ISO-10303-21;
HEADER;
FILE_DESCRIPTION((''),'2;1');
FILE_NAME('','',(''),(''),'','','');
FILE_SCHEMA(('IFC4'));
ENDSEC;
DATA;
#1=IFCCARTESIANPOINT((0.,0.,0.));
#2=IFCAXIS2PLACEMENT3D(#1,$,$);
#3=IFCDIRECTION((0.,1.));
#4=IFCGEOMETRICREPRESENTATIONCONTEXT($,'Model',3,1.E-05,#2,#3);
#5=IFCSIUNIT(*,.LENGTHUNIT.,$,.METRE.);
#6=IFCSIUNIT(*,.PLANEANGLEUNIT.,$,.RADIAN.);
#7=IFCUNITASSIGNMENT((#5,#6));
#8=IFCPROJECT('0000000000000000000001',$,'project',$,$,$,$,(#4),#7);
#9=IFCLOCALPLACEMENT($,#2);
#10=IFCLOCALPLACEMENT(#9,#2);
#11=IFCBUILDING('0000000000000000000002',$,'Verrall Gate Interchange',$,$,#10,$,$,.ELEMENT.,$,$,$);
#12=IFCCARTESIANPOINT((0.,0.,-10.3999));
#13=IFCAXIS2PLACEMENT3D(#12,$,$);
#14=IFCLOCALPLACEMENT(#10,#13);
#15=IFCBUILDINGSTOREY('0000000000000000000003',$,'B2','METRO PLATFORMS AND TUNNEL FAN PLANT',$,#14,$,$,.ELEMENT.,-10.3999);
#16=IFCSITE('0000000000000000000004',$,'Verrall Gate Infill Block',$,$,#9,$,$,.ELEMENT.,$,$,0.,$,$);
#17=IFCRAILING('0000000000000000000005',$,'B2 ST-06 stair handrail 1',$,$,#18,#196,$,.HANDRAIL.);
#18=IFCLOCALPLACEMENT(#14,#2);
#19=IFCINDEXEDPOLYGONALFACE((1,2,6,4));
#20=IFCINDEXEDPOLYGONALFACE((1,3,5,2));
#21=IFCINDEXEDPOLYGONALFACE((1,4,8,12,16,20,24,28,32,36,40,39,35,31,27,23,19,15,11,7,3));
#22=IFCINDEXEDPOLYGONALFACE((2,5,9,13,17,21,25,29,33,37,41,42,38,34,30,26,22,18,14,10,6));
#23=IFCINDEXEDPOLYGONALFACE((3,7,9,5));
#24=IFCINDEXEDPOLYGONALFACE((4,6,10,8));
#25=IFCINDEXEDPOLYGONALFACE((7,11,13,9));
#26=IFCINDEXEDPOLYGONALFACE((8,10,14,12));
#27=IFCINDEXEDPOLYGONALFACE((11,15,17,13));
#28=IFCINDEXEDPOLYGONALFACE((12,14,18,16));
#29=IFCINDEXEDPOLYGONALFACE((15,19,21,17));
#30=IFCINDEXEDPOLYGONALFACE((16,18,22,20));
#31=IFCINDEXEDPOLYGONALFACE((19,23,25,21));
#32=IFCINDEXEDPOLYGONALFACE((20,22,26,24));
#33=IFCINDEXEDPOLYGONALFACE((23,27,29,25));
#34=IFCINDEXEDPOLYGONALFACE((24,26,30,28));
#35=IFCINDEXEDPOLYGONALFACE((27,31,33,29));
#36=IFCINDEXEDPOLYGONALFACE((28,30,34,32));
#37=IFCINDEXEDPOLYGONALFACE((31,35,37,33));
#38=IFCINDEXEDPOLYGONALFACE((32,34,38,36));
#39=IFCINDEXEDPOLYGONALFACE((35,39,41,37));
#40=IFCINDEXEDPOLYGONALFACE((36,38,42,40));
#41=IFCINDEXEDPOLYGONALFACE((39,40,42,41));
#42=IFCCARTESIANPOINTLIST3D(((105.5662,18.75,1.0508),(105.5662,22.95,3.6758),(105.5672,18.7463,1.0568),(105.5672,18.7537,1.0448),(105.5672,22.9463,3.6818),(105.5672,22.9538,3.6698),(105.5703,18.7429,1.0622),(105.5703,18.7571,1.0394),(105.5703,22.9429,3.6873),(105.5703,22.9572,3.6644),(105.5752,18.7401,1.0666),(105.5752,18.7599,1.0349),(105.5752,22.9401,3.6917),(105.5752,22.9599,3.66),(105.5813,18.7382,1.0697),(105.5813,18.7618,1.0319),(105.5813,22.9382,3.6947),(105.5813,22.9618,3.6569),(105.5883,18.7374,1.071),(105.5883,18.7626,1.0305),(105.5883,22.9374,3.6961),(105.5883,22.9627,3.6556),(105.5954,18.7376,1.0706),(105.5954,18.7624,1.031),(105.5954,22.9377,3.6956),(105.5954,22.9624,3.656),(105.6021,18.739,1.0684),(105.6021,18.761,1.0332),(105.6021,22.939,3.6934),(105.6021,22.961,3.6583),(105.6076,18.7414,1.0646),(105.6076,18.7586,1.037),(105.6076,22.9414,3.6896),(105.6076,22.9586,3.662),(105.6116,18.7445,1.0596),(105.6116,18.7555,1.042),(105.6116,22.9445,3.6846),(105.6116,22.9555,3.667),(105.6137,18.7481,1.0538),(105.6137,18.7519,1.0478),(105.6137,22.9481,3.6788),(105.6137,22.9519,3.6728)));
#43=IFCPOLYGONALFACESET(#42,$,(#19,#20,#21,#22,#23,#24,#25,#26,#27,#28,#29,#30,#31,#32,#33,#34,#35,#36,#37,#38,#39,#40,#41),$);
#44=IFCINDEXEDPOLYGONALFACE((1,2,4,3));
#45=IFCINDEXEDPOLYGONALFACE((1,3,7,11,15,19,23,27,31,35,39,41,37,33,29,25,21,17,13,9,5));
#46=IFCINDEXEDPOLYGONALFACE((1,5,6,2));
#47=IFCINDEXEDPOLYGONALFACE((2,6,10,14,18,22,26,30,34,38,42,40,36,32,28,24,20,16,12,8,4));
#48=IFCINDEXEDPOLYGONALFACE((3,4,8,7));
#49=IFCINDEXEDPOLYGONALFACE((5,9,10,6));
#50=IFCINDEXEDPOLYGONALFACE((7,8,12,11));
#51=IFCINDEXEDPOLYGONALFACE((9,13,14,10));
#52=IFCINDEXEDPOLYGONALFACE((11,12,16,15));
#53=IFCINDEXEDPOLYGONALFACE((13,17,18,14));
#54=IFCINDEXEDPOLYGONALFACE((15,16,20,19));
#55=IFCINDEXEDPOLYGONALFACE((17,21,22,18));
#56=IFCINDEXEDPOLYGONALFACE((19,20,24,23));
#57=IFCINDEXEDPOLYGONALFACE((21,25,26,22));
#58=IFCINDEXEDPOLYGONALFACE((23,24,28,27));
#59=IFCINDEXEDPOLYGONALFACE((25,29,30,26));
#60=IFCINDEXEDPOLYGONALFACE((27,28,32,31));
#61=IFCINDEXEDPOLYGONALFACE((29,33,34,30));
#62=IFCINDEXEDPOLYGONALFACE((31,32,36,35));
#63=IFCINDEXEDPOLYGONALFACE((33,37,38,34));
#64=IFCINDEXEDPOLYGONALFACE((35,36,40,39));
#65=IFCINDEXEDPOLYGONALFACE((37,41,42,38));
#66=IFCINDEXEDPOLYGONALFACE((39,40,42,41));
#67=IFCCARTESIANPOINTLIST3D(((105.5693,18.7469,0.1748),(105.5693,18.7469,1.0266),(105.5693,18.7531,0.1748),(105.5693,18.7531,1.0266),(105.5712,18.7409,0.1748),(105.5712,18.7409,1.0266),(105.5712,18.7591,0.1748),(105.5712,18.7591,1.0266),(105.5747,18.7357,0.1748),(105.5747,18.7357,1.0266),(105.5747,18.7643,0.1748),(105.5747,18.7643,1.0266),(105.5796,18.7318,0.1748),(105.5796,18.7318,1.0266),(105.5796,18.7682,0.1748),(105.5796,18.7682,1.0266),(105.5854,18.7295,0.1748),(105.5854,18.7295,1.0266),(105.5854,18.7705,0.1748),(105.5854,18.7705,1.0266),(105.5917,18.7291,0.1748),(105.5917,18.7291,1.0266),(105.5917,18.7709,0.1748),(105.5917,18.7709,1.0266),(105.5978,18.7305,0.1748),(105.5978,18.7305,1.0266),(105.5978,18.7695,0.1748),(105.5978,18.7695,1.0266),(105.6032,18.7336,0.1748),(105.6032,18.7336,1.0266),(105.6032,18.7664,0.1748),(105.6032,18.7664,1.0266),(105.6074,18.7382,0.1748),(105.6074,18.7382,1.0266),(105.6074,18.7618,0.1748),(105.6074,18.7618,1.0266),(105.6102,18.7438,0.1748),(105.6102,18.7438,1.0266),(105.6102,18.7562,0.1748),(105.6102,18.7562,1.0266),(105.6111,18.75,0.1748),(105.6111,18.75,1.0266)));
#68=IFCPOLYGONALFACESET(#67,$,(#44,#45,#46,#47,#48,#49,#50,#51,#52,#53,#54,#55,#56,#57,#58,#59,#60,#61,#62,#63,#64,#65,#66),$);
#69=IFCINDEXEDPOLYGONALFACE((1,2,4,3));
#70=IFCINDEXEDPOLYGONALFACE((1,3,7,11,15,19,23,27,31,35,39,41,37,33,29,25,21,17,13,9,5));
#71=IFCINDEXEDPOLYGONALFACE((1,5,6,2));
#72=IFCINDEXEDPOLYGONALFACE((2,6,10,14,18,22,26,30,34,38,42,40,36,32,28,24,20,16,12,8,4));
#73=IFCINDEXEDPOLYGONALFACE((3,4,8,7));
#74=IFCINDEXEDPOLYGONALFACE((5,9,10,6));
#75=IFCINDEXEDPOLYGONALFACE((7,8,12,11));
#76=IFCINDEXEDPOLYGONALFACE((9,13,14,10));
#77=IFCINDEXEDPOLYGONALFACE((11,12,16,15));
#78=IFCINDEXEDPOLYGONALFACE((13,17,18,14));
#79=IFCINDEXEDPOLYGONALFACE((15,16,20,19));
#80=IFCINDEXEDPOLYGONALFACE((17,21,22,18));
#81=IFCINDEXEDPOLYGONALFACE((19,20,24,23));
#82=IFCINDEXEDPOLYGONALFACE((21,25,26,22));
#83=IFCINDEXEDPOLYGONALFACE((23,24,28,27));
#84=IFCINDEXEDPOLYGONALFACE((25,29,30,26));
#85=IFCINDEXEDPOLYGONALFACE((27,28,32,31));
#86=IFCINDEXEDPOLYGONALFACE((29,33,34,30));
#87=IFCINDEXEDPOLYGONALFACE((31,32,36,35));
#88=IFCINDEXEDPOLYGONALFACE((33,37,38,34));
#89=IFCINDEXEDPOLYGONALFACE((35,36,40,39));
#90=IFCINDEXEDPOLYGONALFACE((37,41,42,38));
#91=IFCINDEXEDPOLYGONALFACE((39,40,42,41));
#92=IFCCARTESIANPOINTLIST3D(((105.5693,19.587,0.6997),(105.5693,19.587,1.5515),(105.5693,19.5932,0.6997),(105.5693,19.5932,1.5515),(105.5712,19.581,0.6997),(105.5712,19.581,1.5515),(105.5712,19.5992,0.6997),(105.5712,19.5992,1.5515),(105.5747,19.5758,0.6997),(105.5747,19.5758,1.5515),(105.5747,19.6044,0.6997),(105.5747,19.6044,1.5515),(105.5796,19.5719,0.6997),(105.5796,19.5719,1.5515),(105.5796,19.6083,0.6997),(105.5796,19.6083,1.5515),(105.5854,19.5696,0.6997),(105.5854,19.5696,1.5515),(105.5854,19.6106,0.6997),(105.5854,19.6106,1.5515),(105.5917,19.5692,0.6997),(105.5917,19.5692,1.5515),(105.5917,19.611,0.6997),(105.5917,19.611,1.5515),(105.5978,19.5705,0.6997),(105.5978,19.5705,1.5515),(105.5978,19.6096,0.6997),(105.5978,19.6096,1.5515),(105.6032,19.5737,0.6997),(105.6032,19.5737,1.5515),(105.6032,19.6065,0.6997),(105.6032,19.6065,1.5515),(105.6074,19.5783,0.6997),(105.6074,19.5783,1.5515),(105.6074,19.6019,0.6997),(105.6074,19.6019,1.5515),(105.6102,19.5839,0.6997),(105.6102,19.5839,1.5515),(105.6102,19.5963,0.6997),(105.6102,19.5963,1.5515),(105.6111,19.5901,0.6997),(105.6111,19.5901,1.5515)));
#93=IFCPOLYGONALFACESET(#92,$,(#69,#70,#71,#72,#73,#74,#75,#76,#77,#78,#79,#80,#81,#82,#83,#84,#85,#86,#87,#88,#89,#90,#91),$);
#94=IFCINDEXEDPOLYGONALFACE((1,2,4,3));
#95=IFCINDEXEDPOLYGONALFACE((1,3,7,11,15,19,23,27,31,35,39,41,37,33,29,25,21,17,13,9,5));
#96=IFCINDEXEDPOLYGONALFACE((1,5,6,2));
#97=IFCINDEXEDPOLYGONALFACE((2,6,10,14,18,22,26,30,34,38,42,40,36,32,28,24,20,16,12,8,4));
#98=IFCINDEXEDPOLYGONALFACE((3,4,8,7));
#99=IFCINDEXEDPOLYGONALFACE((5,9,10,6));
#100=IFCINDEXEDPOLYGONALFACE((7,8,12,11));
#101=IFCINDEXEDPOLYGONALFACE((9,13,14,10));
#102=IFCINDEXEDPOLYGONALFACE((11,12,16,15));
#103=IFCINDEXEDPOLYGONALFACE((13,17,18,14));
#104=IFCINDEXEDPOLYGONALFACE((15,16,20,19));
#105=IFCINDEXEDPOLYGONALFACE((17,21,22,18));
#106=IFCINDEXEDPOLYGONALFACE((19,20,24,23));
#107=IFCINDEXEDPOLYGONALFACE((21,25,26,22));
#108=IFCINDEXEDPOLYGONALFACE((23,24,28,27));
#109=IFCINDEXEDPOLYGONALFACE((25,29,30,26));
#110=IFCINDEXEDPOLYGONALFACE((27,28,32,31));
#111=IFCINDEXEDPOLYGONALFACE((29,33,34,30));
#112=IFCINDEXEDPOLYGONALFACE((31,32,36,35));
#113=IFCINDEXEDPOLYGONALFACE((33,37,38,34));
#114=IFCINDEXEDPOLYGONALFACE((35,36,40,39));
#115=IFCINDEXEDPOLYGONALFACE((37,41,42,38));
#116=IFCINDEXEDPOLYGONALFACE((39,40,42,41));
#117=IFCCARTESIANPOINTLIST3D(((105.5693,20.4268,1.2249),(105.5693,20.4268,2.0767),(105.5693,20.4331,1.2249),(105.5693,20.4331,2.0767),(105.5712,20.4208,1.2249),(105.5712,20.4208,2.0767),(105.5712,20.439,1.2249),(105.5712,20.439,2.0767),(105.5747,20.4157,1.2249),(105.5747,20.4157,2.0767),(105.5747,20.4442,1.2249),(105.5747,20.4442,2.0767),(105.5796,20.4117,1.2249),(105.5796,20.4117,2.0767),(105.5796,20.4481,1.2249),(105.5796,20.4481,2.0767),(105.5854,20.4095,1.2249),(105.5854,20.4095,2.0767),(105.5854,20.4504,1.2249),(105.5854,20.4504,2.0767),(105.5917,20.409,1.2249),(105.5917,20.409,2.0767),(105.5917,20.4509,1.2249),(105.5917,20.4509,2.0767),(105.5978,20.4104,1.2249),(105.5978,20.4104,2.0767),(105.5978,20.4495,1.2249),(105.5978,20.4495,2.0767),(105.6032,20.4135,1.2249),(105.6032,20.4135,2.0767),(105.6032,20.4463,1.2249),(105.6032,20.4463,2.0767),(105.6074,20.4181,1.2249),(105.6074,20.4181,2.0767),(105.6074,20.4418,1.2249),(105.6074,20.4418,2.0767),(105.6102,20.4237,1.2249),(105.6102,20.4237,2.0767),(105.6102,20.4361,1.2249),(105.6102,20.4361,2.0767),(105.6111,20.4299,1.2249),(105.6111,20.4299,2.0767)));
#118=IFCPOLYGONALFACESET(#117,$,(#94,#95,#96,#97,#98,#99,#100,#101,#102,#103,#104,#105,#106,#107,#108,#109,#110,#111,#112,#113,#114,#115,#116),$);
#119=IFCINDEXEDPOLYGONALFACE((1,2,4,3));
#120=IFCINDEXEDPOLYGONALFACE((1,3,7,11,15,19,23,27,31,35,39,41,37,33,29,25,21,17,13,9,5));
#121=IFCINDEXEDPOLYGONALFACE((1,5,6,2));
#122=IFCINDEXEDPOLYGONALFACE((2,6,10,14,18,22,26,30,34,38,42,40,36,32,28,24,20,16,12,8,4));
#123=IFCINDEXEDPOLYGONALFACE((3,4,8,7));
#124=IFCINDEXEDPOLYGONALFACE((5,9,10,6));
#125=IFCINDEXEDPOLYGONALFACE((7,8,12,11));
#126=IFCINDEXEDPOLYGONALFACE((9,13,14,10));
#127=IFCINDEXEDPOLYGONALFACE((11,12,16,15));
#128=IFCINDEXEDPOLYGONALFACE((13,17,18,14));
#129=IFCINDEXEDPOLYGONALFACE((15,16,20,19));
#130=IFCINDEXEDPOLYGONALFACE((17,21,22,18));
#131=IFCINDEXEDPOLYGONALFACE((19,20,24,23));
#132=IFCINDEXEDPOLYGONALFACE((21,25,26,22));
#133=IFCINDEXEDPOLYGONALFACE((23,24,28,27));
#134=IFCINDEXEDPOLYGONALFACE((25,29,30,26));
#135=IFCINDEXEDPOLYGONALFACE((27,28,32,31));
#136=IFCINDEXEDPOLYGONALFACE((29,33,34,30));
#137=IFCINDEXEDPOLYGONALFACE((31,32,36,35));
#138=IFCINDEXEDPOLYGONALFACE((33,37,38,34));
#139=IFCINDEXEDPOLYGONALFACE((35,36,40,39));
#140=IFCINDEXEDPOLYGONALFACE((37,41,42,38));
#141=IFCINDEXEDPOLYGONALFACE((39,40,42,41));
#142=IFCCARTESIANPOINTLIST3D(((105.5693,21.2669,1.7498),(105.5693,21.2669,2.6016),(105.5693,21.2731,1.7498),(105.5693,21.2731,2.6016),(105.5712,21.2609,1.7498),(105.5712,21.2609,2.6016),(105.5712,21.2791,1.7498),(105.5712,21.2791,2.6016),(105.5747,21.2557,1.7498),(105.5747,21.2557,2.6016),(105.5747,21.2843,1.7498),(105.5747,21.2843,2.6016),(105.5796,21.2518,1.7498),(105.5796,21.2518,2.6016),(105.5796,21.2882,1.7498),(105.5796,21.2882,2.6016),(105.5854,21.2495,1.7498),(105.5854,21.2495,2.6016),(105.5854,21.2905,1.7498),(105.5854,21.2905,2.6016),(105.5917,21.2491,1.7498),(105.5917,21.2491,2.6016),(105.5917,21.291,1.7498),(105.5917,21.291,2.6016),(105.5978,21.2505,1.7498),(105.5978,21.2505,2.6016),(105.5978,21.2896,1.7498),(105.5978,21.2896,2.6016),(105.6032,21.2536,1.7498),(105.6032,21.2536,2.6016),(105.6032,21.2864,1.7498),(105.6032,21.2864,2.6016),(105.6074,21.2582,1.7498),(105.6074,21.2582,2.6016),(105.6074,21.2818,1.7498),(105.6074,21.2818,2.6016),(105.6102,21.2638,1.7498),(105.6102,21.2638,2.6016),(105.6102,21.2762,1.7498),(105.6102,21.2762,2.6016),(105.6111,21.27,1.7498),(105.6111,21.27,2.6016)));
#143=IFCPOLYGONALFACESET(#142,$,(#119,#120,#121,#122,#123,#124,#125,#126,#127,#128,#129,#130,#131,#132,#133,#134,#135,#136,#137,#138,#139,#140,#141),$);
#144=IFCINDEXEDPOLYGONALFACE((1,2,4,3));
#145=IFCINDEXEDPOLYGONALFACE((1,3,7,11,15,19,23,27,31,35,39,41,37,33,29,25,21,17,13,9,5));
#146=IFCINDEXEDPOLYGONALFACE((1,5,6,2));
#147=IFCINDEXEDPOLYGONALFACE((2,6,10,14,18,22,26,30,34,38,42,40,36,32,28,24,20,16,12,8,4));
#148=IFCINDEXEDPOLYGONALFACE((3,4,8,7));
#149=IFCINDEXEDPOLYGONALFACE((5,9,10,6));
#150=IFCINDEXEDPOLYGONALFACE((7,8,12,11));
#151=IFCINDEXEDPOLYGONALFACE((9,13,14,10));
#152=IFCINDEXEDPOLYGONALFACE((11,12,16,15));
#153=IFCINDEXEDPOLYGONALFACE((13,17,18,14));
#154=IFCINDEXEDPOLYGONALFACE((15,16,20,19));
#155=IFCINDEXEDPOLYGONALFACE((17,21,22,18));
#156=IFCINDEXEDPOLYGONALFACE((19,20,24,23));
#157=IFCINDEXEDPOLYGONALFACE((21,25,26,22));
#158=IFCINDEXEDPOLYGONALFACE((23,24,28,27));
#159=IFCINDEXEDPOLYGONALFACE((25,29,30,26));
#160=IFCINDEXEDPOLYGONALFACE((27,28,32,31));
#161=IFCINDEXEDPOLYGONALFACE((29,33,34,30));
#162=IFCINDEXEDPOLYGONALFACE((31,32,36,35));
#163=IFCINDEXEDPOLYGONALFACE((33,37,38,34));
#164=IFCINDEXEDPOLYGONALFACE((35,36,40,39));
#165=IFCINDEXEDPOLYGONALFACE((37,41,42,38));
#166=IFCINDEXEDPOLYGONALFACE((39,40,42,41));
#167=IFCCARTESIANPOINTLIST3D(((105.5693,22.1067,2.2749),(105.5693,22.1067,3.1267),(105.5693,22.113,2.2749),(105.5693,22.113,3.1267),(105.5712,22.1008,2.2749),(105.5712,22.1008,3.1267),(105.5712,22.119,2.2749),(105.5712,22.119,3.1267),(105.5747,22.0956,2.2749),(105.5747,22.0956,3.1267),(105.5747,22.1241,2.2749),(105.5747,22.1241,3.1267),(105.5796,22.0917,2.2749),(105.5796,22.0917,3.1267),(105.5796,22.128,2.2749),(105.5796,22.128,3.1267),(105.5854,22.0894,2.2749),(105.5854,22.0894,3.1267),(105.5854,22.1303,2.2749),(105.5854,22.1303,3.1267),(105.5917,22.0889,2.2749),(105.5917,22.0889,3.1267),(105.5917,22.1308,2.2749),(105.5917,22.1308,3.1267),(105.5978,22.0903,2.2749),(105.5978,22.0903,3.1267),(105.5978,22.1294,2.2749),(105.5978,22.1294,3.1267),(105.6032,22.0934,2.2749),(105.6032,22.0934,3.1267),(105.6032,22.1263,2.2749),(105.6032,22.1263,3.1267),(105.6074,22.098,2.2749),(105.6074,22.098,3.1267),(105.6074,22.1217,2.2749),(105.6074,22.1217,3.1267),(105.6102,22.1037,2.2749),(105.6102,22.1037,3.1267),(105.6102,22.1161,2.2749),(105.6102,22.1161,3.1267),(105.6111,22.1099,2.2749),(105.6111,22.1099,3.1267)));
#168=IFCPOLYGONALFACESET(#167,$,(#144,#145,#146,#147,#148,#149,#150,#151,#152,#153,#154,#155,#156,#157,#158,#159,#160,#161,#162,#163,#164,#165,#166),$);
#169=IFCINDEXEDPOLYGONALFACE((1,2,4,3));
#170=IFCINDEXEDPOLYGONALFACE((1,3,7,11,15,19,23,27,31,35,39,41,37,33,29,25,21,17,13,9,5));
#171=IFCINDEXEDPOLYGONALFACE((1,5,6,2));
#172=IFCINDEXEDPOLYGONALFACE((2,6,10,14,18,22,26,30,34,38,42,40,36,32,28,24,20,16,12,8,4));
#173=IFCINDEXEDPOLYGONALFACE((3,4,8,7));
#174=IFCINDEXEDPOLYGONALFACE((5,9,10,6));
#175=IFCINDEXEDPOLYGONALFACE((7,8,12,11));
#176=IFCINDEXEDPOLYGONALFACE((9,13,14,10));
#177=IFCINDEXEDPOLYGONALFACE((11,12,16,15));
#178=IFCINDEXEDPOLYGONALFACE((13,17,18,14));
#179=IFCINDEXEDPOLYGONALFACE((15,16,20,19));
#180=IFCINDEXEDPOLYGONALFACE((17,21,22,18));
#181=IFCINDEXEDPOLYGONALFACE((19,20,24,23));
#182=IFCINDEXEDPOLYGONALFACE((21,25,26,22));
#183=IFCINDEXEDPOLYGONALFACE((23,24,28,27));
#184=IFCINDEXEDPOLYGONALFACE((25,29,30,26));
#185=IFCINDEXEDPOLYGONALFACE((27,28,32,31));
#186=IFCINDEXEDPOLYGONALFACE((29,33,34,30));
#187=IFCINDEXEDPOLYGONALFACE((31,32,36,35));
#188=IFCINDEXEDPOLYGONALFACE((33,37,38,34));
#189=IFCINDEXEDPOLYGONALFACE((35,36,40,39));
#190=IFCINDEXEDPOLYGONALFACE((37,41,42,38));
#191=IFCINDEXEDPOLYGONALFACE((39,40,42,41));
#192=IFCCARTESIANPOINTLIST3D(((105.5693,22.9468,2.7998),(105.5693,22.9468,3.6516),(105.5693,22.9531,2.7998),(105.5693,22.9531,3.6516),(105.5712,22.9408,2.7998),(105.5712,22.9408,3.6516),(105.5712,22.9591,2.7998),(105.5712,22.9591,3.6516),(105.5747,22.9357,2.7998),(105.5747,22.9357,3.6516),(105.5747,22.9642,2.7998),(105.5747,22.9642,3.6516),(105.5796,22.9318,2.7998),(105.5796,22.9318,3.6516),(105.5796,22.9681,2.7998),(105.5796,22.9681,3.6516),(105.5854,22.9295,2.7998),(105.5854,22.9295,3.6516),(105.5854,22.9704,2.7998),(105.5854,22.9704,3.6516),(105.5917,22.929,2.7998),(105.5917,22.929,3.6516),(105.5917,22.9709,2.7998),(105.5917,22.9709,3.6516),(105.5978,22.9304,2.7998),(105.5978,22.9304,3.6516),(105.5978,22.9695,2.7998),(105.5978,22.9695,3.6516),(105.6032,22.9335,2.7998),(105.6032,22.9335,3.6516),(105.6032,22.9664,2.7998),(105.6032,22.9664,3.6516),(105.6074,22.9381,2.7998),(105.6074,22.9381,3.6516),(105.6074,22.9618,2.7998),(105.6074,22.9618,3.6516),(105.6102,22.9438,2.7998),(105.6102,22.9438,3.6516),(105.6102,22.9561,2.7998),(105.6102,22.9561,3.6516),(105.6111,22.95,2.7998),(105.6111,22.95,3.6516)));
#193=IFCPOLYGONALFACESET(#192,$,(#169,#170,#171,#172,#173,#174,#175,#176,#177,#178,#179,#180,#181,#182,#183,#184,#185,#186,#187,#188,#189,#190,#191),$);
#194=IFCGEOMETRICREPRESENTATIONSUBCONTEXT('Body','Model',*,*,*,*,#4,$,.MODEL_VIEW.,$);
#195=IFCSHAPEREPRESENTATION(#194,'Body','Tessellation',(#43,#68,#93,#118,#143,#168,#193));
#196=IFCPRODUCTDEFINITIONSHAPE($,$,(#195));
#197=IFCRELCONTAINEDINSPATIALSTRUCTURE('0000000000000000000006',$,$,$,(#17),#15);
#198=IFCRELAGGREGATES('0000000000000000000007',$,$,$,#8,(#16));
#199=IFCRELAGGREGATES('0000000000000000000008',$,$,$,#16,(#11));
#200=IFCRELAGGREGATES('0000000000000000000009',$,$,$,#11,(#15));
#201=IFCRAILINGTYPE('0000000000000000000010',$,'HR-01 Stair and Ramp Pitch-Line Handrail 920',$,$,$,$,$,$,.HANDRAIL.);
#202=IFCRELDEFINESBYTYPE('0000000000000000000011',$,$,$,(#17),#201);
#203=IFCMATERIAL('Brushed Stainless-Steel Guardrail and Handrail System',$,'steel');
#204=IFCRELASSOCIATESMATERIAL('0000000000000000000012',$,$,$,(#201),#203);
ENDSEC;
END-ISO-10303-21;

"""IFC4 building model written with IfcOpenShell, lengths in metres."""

from ifc_helpers import new_model, si_unit, direction, frame, origin, origin_2d, place, context, subcontext, project, spatial, circle, extrude, material, type_object, element, save


model = new_model("IFC4")

# Units and contexts
model_context = context("Model", 3, precision=1e-05, world=origin(), true_north=direction((0.0, 1.0)))
body_context = subcontext(model_context, "Body", "Model", "MODEL_VIEW")
ifc_project = project(units=[si_unit("LENGTHUNIT", "METRE"), si_unit("PLANEANGLEUNIT", "RADIAN")], contexts=[model_context])

# Site, building, storey
site_placement = place(None, origin())
site = spatial("IfcSite", under=ifc_project, at=site_placement, Name="Verrall Gate Infill Block", CompositionType="ELEMENT", RefElevation=0.0)
building_placement = place(site_placement, origin())
building = spatial("IfcBuilding", under=site, at=building_placement, Name="Verrall Gate Interchange", CompositionType="ELEMENT")
storey_placement = place(building_placement, frame((0.0, 0.0, -10.3999)))
storey = spatial("IfcBuildingStorey", under=building, at=storey_placement, Name="B2", Description="METRO PLATFORMS AND TUNNEL FAN PLANT", CompositionType="ELEMENT", Elevation=-10.3999)

# Railing
ifc_material_1 = material(Name="Brushed Stainless-Steel Guardrail and Handrail System", Category="steel")
railing_type = type_object("IfcRailingType", Name="HR-01 Stair and Ramp Pitch-Line Handrail 920", PredefinedType="HANDRAIL", material=ifc_material_1)
railing_placement = place(storey_placement, frame((105.5901, 18.75, 0.1748)))
element("IfcRailing", 1, at=railing_placement, inside=storey, type_object=railing_type, Name="B2 ST-06 stair handrail 1", PredefinedType="HANDRAIL", context=body_context, shape_type="SweptSolid", body=[
    extrude(circle(Radius=0.0239, at=origin_2d()), frame((0.0, 0.0, 0.876), z_axis=(0.0, 0.847996, 0.530003), x_axis=(-1.0, 0.0, 0.0)), (0.0, 0.0, 1.0), 4.9529),
    extrude(circle(Radius=0.021, at=origin_2d()), origin(), (0.0, 0.0, 1.0), 0.8518),
    extrude(circle(Radius=0.021, at=origin_2d()), frame((0.0, 0.8401, 0.5249)), (0.0, 0.0, 1.0), 0.8518),
    extrude(circle(Radius=0.021, at=origin_2d()), frame((0.0, 1.6799, 1.05)), (0.0, 0.0, 1.0), 0.8518),
    extrude(circle(Radius=0.021, at=origin_2d()), frame((0.0, 2.52, 1.575)), (0.0, 0.0, 1.0), 0.8518),
    extrude(circle(Radius=0.021, at=origin_2d()), frame((0.0, 3.3599, 2.1001)), (0.0, 0.0, 1.0), 0.8518),
    extrude(circle(Radius=0.021, at=origin_2d()), frame((0.0, 4.2, 2.625)), (0.0, 0.0, 1.0), 0.8518),
])

save(model, "model.ifc")
